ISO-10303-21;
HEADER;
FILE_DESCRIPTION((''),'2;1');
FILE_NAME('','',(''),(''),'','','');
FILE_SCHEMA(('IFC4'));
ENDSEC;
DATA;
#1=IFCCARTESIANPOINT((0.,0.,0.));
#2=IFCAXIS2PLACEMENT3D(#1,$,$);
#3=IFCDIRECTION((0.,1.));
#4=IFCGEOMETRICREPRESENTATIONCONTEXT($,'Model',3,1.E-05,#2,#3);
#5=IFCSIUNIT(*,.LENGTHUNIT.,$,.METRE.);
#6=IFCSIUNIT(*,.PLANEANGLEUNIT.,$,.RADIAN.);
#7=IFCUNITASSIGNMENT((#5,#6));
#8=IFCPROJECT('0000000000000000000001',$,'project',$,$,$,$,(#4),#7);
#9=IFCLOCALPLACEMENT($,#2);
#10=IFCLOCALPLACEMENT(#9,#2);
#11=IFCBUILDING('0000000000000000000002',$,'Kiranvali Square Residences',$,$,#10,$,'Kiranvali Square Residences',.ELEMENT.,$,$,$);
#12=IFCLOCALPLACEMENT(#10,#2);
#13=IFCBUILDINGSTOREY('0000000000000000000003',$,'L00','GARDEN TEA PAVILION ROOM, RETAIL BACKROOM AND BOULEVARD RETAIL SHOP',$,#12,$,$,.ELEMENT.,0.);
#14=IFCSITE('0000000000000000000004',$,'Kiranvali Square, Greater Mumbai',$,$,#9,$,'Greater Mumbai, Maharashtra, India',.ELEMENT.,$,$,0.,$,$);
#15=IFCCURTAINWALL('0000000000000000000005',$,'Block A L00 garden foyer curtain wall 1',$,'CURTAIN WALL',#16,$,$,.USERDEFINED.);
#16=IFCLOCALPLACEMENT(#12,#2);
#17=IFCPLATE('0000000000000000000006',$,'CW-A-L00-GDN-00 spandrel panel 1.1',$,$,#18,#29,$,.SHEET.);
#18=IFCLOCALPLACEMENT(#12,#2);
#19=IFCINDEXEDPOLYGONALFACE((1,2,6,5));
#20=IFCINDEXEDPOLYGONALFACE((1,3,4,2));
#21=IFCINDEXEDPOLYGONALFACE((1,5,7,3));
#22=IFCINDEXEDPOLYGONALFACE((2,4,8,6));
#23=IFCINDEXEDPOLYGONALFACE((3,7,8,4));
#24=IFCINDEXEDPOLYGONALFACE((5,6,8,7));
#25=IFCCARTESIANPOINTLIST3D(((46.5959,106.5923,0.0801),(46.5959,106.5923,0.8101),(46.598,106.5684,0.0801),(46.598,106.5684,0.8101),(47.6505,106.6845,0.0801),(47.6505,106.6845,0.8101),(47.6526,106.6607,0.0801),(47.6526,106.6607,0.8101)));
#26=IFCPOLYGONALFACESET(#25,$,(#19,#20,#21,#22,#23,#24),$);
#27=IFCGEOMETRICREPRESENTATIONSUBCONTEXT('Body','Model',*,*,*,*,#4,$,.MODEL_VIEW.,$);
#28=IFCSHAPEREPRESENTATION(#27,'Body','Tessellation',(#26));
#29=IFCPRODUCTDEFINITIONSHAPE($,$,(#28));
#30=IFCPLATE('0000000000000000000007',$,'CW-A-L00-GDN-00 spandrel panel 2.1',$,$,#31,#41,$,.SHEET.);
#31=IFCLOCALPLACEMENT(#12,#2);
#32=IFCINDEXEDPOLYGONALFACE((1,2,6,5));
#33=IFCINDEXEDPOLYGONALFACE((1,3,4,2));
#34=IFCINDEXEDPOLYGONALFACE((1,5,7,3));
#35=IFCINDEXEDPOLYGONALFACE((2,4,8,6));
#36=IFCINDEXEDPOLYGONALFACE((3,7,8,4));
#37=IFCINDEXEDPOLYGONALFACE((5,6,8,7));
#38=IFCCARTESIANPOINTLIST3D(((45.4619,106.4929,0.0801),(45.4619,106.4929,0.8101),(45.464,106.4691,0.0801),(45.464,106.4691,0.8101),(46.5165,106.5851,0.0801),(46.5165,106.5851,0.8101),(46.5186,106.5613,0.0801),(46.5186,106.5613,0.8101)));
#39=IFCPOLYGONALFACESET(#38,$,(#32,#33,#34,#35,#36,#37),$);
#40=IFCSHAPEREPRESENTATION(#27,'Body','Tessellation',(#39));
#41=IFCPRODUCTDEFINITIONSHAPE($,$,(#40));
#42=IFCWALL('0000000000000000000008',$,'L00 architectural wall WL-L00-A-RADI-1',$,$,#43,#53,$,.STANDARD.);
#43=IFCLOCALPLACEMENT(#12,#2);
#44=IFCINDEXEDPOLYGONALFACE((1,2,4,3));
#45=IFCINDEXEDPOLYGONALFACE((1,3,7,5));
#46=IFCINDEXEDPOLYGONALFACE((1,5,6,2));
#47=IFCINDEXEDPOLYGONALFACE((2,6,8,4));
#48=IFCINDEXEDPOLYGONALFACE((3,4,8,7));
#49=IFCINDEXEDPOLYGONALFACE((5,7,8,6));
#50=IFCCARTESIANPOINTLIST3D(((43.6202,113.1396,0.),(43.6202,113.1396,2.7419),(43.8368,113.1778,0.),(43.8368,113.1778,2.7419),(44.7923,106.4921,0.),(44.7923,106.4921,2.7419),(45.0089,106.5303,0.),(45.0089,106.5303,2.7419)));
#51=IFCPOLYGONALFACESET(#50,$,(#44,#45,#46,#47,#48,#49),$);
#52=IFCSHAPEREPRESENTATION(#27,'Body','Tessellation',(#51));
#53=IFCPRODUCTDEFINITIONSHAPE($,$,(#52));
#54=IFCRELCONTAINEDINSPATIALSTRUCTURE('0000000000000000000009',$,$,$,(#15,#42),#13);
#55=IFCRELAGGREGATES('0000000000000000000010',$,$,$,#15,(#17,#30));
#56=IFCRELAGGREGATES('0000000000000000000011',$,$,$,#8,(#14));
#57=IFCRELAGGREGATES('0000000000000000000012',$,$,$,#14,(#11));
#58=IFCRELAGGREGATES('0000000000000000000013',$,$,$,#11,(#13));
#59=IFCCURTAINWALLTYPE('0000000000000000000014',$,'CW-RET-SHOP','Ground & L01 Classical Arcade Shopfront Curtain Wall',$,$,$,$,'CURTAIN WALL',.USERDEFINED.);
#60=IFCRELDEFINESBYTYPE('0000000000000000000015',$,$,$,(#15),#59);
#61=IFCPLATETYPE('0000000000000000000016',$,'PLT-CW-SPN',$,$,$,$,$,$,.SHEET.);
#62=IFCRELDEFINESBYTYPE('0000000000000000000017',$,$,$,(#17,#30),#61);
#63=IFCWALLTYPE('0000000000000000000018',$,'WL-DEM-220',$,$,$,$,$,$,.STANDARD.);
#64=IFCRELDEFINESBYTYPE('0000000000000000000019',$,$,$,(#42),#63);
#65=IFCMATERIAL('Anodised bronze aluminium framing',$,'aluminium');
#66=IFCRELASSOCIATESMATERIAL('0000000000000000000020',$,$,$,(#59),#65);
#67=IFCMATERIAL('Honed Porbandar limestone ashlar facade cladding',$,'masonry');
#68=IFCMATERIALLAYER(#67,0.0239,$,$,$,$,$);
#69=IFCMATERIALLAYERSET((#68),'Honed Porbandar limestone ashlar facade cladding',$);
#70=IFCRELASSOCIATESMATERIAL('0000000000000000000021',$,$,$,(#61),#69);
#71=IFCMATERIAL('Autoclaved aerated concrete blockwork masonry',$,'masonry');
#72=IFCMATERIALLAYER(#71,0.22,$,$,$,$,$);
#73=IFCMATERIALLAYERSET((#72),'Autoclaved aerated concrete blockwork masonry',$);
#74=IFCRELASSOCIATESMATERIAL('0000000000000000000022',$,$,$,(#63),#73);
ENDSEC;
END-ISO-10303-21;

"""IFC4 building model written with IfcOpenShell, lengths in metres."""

from ifc_helpers import new_model, si_unit, direction, frame, frame_2d, origin, origin_2d, place, context, subcontext, project, spatial, rectangle, extrude, material, layer, layer_set, type_object, element, aggregate, save


model = new_model("IFC4")

# Units and contexts
model_context = context("Model", 3, precision=1e-05, world=origin(), true_north=direction((0.0, 1.0)))
body_context = subcontext(model_context, "Body", "Model", "MODEL_VIEW")
ifc_project = project(units=[si_unit("LENGTHUNIT", "METRE"), si_unit("PLANEANGLEUNIT", "RADIAN")], contexts=[model_context])

# Site, building, storey
site_placement = place(None, origin())
site = spatial("IfcSite", under=ifc_project, at=site_placement, Name="Kiranvali Square, Greater Mumbai", LongName="Greater Mumbai, Maharashtra, India", CompositionType="ELEMENT", RefElevation=0.0)
building_placement = place(site_placement, origin())
building = spatial("IfcBuilding", under=site, at=building_placement, Name="Kiranvali Square Residences", LongName="Kiranvali Square Residences", CompositionType="ELEMENT")
storey_placement = place(building_placement, origin())
storey = spatial("IfcBuildingStorey", under=building, at=storey_placement, Name="L00", Description="GARDEN TEA PAVILION ROOM, RETAIL BACKROOM AND BOULEVARD RETAIL SHOP", CompositionType="ELEMENT", Elevation=0.0)

# Curtain wall
ifc_material_1 = material(Name="Anodised bronze aluminium framing", Category="aluminium")
curtain_wall_type = type_object("IfcCurtainWallType", Name="CW-RET-SHOP", Description="Ground & L01 Classical Arcade Shopfront Curtain Wall", ElementType="CURTAIN WALL", PredefinedType="USERDEFINED", material=ifc_material_1)
curtain_wall_1_placement = place(storey_placement, origin())
curtain_wall_1 = element("IfcCurtainWall", 1, at=curtain_wall_1_placement, inside=storey, type_object=curtain_wall_type, Name="Block A L00 garden foyer curtain wall 1", ObjectType="CURTAIN WALL", PredefinedType="USERDEFINED")

# Plates
ifc_material_2 = material(Name="Honed Porbandar limestone ashlar facade cladding", Category="masonry")
ifc_layer_1 = layer(ifc_material_2, 0.0239)
ifc_layer_set_1 = layer_set([ifc_layer_1], Name="Honed Porbandar limestone ashlar facade cladding")
plate_type_1 = type_object("IfcPlateType", Name="PLT-CW-SPN", PredefinedType="SHEET", material=ifc_layer_set_1)
plate_1_placement = place(storey_placement, frame((47.1243, 106.6265, 0.0801), z_axis=(0.0, 0.0, 1.0), x_axis=(-0.996195, -0.087156, 0.0)))
plate_1 = element("IfcPlate", 2, at=plate_1_placement, type_object=plate_type_1, Name="CW-A-L00-GDN-00 spandrel panel 1.1", PredefinedType="SHEET", context=body_context, shape_type="SweptSolid", body=[
    extrude(rectangle(XDim=1.0586, YDim=0.0239, at=origin_2d()), origin(), (0.0, 0.0, 1.0), 0.73),
])
plate_2_placement = place(storey_placement, frame((45.9902, 106.5271, 0.0801), z_axis=(0.0, 0.0, 1.0), x_axis=(-0.996195, -0.087156, 0.0)))
plate_2 = element("IfcPlate", 3, at=plate_2_placement, type_object=plate_type_1, Name="CW-A-L00-GDN-00 spandrel panel 2.1", PredefinedType="SHEET", context=body_context, shape_type="SweptSolid", body=[
    extrude(rectangle(XDim=1.0586, YDim=0.0239, at=origin_2d()), origin(), (0.0, 0.0, 1.0), 0.73),
])
aggregate(curtain_wall_1, [plate_1, plate_2])

# Wall
ifc_material_3 = material(Name="Autoclaved aerated concrete blockwork masonry", Category="masonry")
ifc_layer_2 = layer(ifc_material_3, 0.22)
ifc_layer_set_2 = layer_set([ifc_layer_2], Name="Autoclaved aerated concrete blockwork masonry")
wall_type = type_object("IfcWallType", Name="WL-DEM-220", PredefinedType="STANDARD", material=ifc_layer_set_2)
wall_placement = place(storey_placement, frame((44.9006, 106.5112, 0.0), z_axis=(0.0, 0.0, 1.0), x_axis=(-0.173647, 0.984808, 0.0)))
element("IfcWall", 4, at=wall_placement, inside=storey, type_object=wall_type, Name="L00 architectural wall WL-L00-A-RADI-1", PredefinedType="STANDARD", context=body_context, shape_type="SweptSolid", body=[
    extrude(rectangle(XDim=6.75, YDim=0.22, at=frame_2d((3.375, 0.0))), origin(), (0.0, 0.0, 1.0), 2.7419),
])

save(model, "model.ifc")
